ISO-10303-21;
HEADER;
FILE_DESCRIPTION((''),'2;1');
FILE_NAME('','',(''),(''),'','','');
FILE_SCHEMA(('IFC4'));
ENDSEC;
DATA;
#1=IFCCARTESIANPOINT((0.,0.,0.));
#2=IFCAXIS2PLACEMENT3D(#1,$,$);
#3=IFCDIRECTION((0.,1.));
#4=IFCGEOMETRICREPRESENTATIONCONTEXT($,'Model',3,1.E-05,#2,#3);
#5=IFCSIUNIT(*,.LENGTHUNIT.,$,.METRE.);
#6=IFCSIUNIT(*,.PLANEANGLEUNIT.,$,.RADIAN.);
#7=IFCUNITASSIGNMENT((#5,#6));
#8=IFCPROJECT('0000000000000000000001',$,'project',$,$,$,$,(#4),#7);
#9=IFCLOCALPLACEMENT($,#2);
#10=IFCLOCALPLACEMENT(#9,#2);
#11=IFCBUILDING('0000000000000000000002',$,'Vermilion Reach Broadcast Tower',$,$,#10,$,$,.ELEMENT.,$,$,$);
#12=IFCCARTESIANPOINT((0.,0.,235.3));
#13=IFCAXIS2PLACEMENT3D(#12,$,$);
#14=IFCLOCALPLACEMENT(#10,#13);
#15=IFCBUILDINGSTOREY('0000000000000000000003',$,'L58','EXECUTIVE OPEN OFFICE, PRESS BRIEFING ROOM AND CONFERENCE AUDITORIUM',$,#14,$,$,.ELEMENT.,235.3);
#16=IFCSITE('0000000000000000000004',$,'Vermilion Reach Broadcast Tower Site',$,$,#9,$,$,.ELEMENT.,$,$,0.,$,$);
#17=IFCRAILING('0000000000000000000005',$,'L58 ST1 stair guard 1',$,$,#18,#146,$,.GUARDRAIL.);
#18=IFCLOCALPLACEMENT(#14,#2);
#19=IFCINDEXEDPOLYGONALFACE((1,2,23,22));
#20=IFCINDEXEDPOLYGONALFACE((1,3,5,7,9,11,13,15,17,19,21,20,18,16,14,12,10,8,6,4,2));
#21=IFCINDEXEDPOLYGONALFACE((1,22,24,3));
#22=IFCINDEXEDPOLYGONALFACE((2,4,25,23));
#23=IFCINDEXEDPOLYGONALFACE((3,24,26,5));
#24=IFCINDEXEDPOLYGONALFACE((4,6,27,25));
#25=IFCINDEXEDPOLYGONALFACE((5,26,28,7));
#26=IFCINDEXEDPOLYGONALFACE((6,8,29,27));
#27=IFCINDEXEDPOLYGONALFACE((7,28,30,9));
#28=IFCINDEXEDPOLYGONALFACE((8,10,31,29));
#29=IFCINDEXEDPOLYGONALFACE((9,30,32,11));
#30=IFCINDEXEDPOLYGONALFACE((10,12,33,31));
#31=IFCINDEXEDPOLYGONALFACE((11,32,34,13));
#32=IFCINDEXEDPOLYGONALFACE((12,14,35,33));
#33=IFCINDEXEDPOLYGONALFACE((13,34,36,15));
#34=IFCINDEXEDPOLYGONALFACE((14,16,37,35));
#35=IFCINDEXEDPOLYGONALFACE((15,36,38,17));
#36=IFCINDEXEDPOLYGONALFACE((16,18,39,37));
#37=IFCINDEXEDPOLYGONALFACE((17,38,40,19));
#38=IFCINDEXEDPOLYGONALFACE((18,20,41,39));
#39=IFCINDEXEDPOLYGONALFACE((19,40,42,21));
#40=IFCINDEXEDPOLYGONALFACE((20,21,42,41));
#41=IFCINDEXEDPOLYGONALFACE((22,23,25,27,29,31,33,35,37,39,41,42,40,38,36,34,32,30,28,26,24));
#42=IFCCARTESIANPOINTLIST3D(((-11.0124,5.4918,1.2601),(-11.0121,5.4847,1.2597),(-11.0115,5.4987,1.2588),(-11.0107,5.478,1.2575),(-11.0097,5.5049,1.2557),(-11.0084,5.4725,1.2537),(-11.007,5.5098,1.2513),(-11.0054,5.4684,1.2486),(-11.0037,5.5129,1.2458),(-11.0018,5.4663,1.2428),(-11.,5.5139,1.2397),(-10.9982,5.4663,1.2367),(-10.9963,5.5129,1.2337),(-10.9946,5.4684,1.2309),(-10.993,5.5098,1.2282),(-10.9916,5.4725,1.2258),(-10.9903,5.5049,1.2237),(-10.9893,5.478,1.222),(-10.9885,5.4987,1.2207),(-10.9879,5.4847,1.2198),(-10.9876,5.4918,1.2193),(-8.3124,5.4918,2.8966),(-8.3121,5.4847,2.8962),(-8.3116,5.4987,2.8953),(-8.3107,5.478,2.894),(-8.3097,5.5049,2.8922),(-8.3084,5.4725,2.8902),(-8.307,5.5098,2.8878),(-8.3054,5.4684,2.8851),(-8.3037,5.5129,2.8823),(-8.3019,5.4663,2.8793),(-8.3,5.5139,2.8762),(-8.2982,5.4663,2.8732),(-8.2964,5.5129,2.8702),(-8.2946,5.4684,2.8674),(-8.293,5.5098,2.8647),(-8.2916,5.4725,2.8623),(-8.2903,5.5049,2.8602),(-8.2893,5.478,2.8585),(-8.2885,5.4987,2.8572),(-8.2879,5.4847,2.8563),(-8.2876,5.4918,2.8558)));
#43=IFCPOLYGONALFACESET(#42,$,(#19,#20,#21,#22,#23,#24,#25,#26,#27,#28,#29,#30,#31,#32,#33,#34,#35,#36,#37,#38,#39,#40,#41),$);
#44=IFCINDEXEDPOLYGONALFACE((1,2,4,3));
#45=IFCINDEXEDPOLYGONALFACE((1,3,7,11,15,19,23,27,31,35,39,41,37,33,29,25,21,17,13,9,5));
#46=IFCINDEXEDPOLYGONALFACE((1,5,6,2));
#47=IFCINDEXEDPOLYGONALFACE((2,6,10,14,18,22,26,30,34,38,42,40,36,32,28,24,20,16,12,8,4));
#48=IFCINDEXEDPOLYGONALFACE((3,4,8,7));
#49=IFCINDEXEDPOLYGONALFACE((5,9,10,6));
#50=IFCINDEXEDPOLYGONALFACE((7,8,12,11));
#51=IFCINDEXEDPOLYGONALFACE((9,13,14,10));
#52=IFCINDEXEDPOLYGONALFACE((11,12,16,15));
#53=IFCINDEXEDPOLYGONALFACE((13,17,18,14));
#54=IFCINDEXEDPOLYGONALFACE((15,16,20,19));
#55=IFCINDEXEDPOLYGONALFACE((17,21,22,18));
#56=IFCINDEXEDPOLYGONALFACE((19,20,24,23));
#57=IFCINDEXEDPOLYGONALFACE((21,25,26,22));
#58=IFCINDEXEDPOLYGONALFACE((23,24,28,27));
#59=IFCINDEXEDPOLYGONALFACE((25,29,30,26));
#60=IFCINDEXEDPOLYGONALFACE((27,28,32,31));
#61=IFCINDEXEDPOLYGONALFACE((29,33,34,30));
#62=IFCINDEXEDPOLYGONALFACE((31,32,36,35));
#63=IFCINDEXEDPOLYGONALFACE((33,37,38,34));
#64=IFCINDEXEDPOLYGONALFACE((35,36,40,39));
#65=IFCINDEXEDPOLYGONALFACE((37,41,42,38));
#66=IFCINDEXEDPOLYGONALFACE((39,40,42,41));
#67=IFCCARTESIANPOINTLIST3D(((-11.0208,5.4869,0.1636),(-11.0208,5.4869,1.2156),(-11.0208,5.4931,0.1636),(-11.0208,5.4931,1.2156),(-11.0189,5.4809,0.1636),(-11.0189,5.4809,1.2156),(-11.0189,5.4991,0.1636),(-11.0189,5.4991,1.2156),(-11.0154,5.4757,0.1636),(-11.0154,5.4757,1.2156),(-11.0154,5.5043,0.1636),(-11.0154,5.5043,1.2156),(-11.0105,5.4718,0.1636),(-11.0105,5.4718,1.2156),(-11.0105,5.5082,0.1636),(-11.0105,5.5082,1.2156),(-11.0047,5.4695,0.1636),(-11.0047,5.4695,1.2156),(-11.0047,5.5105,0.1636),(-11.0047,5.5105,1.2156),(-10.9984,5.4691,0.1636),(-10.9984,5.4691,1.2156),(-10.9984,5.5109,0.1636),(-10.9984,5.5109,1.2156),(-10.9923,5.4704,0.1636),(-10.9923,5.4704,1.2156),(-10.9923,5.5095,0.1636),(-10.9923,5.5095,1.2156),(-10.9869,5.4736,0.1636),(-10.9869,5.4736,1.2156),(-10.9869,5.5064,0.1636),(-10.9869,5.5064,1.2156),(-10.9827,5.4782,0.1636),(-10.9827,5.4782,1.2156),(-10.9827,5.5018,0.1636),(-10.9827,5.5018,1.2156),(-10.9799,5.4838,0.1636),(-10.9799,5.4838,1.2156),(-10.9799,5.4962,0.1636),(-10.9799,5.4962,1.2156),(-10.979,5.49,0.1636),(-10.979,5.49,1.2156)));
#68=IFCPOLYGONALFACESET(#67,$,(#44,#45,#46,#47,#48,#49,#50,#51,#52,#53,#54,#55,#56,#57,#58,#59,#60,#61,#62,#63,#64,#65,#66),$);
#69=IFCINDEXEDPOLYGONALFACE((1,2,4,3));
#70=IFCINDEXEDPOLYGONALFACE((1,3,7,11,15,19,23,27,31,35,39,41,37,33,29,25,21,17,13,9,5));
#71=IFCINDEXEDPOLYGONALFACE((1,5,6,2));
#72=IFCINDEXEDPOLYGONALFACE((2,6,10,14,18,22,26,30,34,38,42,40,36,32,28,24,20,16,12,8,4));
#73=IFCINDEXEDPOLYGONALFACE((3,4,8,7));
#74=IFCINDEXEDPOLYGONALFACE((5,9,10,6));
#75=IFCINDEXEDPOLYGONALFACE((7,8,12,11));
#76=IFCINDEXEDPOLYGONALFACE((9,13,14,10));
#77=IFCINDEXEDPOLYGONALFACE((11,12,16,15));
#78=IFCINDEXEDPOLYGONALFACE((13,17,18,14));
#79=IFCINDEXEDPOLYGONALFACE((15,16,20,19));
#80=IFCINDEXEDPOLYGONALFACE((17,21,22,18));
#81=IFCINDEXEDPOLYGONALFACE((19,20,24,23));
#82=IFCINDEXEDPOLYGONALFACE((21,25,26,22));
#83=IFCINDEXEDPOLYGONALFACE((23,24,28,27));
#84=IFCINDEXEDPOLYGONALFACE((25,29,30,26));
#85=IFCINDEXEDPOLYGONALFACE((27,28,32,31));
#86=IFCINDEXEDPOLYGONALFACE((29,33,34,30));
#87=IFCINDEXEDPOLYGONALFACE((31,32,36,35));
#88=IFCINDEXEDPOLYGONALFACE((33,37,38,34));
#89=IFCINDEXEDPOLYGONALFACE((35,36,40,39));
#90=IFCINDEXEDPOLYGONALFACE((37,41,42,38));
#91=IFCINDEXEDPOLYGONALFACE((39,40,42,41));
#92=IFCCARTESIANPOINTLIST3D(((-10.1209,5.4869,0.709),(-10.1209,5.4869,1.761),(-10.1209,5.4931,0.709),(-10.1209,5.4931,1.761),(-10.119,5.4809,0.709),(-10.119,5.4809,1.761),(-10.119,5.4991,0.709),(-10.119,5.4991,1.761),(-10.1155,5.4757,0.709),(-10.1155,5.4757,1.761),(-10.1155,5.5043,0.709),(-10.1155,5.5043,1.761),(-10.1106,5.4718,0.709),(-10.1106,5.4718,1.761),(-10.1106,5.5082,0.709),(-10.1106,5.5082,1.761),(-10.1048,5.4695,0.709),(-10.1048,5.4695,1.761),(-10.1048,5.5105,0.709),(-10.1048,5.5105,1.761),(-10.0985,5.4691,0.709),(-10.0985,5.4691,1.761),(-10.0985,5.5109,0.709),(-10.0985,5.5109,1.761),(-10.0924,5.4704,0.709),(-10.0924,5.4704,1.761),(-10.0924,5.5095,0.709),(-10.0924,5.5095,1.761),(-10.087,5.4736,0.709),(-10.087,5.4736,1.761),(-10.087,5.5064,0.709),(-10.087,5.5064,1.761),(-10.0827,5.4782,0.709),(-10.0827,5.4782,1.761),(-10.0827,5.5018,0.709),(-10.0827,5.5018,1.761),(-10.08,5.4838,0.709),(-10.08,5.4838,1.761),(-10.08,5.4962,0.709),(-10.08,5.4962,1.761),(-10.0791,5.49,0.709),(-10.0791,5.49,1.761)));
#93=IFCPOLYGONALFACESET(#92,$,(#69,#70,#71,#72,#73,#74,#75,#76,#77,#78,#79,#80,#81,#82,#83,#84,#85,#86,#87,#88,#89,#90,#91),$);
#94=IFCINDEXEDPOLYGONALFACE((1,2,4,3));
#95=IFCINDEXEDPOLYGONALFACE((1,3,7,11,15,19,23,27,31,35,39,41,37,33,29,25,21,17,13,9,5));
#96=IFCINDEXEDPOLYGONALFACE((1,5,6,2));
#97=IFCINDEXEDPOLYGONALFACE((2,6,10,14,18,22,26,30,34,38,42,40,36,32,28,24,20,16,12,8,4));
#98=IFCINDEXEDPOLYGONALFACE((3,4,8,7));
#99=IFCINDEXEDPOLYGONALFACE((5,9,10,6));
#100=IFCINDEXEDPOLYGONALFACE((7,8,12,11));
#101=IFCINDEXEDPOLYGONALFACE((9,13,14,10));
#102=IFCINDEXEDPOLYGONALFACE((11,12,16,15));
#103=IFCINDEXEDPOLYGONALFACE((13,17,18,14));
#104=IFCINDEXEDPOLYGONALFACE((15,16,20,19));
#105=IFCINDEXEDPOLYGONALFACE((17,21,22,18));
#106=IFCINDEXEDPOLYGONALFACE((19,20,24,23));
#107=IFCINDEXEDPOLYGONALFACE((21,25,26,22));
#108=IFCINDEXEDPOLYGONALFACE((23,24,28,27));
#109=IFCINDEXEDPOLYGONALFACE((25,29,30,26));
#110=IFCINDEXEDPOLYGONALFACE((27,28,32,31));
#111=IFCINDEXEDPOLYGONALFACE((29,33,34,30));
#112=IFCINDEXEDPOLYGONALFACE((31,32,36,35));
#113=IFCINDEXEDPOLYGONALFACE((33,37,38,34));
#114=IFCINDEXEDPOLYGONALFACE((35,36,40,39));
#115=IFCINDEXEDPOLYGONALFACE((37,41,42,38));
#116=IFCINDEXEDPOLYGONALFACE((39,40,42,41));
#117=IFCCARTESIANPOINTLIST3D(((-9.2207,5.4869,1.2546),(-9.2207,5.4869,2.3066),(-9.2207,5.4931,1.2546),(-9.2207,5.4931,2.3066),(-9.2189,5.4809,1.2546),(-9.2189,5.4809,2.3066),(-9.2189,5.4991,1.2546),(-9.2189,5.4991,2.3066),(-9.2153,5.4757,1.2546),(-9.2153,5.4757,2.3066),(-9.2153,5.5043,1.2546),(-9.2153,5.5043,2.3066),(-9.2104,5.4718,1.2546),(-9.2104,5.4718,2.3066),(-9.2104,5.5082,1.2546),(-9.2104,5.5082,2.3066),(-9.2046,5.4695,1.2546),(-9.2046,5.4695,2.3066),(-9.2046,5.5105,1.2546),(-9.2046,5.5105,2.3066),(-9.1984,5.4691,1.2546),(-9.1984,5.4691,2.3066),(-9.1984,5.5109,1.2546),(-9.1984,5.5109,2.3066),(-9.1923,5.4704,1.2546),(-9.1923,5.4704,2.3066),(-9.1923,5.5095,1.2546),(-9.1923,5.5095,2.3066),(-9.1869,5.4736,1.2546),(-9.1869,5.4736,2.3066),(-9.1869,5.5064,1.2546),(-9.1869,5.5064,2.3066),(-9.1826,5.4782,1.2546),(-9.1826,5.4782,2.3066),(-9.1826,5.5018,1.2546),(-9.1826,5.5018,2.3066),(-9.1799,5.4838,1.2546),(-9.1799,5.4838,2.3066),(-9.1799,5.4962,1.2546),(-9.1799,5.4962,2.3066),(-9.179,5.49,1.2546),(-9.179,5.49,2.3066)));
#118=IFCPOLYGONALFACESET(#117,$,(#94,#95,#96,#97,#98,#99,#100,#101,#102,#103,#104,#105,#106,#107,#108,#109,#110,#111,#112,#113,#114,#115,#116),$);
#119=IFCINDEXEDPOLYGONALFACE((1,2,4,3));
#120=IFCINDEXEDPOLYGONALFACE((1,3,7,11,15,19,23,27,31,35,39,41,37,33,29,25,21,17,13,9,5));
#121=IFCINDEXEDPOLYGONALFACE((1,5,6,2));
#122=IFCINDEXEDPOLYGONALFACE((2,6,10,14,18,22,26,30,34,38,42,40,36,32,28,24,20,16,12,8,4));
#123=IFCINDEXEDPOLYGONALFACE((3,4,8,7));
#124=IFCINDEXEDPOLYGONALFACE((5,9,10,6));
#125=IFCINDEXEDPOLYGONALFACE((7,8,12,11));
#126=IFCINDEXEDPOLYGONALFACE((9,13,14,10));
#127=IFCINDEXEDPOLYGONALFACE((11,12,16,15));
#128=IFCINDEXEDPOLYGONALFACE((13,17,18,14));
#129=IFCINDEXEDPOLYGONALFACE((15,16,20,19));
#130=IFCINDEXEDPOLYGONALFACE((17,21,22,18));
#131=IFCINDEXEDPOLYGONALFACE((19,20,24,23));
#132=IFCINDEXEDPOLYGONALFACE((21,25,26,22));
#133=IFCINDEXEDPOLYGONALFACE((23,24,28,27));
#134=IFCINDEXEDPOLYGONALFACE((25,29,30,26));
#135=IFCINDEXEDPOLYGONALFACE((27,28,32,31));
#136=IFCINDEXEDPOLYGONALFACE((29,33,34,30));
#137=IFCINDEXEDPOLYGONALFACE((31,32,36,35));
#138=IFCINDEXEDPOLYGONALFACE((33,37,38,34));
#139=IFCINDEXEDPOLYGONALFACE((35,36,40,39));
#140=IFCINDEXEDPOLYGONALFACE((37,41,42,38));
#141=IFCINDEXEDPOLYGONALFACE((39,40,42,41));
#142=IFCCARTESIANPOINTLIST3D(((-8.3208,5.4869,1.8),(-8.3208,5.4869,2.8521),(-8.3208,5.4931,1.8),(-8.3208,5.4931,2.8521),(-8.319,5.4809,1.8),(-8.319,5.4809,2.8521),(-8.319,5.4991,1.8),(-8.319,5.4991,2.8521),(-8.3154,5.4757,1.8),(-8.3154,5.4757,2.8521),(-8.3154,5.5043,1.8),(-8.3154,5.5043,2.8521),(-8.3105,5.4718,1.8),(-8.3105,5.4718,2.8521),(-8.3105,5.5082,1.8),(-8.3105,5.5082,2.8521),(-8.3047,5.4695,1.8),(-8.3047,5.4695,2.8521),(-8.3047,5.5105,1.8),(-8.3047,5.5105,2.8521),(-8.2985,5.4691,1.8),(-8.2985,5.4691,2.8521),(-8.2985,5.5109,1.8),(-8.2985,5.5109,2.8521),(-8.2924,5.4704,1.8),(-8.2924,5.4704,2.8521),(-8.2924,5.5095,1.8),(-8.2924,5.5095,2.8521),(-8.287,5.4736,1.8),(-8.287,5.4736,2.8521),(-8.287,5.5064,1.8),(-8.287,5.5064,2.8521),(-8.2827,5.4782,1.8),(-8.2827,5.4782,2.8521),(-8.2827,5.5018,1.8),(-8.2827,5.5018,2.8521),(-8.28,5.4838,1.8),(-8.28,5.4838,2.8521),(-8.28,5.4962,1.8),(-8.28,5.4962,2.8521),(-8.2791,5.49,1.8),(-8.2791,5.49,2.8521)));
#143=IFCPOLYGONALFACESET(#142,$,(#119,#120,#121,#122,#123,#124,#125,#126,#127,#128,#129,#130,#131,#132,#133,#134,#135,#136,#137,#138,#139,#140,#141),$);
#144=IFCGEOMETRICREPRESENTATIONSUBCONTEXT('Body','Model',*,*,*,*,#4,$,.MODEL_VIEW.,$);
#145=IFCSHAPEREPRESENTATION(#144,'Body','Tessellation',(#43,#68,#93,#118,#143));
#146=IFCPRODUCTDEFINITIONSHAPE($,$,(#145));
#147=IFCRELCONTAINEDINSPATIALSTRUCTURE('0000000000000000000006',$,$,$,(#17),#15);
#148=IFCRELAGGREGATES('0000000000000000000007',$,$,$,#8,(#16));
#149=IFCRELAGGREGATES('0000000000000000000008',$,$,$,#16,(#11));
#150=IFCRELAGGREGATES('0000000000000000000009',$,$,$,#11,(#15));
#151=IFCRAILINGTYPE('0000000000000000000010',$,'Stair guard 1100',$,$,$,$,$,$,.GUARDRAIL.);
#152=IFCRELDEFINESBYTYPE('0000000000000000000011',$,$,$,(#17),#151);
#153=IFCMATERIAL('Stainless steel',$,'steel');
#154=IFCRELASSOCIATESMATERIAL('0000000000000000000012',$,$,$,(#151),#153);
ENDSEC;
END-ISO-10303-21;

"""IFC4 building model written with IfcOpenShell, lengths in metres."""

from ifc_helpers import new_model, si_unit, direction, frame, origin, origin_2d, place, context, subcontext, project, spatial, circle, extrude, material, type_object, element, save


model = new_model("IFC4")

# Units and contexts
model_context = context("Model", 3, precision=1e-05, world=origin(), true_north=direction((0.0, 1.0)))
body_context = subcontext(model_context, "Body", "Model", "MODEL_VIEW")
ifc_project = project(units=[si_unit("LENGTHUNIT", "METRE"), si_unit("PLANEANGLEUNIT", "RADIAN")], contexts=[model_context])

# Site, building, storey
site_placement = place(None, origin())
site = spatial("IfcSite", under=ifc_project, at=site_placement, Name="Vermilion Reach Broadcast Tower Site", CompositionType="ELEMENT", RefElevation=0.0)
building_placement = place(site_placement, origin())
building = spatial("IfcBuilding", under=site, at=building_placement, Name="Vermilion Reach Broadcast Tower", CompositionType="ELEMENT")
storey_placement = place(building_placement, frame((0.0, 0.0, 235.3)))
storey = spatial("IfcBuildingStorey", under=building, at=storey_placement, Name="L58", Description="EXECUTIVE OPEN OFFICE, PRESS BRIEFING ROOM AND CONFERENCE AUDITORIUM", CompositionType="ELEMENT", Elevation=235.3)

# Railing
ifc_material_1 = material(Name="Stainless steel", Category="steel")
railing_type_1 = type_object("IfcRailingType", Name="Stair guard 1100", PredefinedType="GUARDRAIL", material=ifc_material_1)
railing_1_placement = place(storey_placement, frame((-11.0, 5.49, 0.1636)))
element("IfcRailing", 1, at=railing_1_placement, inside=storey, type_object=railing_type_1, Name="L58 ST1 stair guard 1", PredefinedType="GUARDRAIL", context=body_context, shape_type="SweptSolid", body=[
    extrude(circle(Radius=0.0239, at=origin_2d()), frame((0.0, 0.0, 1.0762), z_axis=(0.855178, 0.0, 0.518334), x_axis=(0.0, 1.0, 0.0)), (0.0, 0.0, 1.0), 3.1572),
    extrude(circle(Radius=0.021, at=origin_2d()), origin(), (0.0, 0.0, 1.0), 1.052),
    extrude(circle(Radius=0.021, at=origin_2d()), frame((0.8999, 0.0, 0.5454)), (0.0, 0.0, 1.0), 1.052),
    extrude(circle(Radius=0.021, at=origin_2d()), frame((1.8, 0.0, 1.0911)), (0.0, 0.0, 1.0), 1.052),
    extrude(circle(Radius=0.021, at=origin_2d()), frame((2.7, 0.0, 1.6365)), (0.0, 0.0, 1.0), 1.052),
])

save(model, "model.ifc")
